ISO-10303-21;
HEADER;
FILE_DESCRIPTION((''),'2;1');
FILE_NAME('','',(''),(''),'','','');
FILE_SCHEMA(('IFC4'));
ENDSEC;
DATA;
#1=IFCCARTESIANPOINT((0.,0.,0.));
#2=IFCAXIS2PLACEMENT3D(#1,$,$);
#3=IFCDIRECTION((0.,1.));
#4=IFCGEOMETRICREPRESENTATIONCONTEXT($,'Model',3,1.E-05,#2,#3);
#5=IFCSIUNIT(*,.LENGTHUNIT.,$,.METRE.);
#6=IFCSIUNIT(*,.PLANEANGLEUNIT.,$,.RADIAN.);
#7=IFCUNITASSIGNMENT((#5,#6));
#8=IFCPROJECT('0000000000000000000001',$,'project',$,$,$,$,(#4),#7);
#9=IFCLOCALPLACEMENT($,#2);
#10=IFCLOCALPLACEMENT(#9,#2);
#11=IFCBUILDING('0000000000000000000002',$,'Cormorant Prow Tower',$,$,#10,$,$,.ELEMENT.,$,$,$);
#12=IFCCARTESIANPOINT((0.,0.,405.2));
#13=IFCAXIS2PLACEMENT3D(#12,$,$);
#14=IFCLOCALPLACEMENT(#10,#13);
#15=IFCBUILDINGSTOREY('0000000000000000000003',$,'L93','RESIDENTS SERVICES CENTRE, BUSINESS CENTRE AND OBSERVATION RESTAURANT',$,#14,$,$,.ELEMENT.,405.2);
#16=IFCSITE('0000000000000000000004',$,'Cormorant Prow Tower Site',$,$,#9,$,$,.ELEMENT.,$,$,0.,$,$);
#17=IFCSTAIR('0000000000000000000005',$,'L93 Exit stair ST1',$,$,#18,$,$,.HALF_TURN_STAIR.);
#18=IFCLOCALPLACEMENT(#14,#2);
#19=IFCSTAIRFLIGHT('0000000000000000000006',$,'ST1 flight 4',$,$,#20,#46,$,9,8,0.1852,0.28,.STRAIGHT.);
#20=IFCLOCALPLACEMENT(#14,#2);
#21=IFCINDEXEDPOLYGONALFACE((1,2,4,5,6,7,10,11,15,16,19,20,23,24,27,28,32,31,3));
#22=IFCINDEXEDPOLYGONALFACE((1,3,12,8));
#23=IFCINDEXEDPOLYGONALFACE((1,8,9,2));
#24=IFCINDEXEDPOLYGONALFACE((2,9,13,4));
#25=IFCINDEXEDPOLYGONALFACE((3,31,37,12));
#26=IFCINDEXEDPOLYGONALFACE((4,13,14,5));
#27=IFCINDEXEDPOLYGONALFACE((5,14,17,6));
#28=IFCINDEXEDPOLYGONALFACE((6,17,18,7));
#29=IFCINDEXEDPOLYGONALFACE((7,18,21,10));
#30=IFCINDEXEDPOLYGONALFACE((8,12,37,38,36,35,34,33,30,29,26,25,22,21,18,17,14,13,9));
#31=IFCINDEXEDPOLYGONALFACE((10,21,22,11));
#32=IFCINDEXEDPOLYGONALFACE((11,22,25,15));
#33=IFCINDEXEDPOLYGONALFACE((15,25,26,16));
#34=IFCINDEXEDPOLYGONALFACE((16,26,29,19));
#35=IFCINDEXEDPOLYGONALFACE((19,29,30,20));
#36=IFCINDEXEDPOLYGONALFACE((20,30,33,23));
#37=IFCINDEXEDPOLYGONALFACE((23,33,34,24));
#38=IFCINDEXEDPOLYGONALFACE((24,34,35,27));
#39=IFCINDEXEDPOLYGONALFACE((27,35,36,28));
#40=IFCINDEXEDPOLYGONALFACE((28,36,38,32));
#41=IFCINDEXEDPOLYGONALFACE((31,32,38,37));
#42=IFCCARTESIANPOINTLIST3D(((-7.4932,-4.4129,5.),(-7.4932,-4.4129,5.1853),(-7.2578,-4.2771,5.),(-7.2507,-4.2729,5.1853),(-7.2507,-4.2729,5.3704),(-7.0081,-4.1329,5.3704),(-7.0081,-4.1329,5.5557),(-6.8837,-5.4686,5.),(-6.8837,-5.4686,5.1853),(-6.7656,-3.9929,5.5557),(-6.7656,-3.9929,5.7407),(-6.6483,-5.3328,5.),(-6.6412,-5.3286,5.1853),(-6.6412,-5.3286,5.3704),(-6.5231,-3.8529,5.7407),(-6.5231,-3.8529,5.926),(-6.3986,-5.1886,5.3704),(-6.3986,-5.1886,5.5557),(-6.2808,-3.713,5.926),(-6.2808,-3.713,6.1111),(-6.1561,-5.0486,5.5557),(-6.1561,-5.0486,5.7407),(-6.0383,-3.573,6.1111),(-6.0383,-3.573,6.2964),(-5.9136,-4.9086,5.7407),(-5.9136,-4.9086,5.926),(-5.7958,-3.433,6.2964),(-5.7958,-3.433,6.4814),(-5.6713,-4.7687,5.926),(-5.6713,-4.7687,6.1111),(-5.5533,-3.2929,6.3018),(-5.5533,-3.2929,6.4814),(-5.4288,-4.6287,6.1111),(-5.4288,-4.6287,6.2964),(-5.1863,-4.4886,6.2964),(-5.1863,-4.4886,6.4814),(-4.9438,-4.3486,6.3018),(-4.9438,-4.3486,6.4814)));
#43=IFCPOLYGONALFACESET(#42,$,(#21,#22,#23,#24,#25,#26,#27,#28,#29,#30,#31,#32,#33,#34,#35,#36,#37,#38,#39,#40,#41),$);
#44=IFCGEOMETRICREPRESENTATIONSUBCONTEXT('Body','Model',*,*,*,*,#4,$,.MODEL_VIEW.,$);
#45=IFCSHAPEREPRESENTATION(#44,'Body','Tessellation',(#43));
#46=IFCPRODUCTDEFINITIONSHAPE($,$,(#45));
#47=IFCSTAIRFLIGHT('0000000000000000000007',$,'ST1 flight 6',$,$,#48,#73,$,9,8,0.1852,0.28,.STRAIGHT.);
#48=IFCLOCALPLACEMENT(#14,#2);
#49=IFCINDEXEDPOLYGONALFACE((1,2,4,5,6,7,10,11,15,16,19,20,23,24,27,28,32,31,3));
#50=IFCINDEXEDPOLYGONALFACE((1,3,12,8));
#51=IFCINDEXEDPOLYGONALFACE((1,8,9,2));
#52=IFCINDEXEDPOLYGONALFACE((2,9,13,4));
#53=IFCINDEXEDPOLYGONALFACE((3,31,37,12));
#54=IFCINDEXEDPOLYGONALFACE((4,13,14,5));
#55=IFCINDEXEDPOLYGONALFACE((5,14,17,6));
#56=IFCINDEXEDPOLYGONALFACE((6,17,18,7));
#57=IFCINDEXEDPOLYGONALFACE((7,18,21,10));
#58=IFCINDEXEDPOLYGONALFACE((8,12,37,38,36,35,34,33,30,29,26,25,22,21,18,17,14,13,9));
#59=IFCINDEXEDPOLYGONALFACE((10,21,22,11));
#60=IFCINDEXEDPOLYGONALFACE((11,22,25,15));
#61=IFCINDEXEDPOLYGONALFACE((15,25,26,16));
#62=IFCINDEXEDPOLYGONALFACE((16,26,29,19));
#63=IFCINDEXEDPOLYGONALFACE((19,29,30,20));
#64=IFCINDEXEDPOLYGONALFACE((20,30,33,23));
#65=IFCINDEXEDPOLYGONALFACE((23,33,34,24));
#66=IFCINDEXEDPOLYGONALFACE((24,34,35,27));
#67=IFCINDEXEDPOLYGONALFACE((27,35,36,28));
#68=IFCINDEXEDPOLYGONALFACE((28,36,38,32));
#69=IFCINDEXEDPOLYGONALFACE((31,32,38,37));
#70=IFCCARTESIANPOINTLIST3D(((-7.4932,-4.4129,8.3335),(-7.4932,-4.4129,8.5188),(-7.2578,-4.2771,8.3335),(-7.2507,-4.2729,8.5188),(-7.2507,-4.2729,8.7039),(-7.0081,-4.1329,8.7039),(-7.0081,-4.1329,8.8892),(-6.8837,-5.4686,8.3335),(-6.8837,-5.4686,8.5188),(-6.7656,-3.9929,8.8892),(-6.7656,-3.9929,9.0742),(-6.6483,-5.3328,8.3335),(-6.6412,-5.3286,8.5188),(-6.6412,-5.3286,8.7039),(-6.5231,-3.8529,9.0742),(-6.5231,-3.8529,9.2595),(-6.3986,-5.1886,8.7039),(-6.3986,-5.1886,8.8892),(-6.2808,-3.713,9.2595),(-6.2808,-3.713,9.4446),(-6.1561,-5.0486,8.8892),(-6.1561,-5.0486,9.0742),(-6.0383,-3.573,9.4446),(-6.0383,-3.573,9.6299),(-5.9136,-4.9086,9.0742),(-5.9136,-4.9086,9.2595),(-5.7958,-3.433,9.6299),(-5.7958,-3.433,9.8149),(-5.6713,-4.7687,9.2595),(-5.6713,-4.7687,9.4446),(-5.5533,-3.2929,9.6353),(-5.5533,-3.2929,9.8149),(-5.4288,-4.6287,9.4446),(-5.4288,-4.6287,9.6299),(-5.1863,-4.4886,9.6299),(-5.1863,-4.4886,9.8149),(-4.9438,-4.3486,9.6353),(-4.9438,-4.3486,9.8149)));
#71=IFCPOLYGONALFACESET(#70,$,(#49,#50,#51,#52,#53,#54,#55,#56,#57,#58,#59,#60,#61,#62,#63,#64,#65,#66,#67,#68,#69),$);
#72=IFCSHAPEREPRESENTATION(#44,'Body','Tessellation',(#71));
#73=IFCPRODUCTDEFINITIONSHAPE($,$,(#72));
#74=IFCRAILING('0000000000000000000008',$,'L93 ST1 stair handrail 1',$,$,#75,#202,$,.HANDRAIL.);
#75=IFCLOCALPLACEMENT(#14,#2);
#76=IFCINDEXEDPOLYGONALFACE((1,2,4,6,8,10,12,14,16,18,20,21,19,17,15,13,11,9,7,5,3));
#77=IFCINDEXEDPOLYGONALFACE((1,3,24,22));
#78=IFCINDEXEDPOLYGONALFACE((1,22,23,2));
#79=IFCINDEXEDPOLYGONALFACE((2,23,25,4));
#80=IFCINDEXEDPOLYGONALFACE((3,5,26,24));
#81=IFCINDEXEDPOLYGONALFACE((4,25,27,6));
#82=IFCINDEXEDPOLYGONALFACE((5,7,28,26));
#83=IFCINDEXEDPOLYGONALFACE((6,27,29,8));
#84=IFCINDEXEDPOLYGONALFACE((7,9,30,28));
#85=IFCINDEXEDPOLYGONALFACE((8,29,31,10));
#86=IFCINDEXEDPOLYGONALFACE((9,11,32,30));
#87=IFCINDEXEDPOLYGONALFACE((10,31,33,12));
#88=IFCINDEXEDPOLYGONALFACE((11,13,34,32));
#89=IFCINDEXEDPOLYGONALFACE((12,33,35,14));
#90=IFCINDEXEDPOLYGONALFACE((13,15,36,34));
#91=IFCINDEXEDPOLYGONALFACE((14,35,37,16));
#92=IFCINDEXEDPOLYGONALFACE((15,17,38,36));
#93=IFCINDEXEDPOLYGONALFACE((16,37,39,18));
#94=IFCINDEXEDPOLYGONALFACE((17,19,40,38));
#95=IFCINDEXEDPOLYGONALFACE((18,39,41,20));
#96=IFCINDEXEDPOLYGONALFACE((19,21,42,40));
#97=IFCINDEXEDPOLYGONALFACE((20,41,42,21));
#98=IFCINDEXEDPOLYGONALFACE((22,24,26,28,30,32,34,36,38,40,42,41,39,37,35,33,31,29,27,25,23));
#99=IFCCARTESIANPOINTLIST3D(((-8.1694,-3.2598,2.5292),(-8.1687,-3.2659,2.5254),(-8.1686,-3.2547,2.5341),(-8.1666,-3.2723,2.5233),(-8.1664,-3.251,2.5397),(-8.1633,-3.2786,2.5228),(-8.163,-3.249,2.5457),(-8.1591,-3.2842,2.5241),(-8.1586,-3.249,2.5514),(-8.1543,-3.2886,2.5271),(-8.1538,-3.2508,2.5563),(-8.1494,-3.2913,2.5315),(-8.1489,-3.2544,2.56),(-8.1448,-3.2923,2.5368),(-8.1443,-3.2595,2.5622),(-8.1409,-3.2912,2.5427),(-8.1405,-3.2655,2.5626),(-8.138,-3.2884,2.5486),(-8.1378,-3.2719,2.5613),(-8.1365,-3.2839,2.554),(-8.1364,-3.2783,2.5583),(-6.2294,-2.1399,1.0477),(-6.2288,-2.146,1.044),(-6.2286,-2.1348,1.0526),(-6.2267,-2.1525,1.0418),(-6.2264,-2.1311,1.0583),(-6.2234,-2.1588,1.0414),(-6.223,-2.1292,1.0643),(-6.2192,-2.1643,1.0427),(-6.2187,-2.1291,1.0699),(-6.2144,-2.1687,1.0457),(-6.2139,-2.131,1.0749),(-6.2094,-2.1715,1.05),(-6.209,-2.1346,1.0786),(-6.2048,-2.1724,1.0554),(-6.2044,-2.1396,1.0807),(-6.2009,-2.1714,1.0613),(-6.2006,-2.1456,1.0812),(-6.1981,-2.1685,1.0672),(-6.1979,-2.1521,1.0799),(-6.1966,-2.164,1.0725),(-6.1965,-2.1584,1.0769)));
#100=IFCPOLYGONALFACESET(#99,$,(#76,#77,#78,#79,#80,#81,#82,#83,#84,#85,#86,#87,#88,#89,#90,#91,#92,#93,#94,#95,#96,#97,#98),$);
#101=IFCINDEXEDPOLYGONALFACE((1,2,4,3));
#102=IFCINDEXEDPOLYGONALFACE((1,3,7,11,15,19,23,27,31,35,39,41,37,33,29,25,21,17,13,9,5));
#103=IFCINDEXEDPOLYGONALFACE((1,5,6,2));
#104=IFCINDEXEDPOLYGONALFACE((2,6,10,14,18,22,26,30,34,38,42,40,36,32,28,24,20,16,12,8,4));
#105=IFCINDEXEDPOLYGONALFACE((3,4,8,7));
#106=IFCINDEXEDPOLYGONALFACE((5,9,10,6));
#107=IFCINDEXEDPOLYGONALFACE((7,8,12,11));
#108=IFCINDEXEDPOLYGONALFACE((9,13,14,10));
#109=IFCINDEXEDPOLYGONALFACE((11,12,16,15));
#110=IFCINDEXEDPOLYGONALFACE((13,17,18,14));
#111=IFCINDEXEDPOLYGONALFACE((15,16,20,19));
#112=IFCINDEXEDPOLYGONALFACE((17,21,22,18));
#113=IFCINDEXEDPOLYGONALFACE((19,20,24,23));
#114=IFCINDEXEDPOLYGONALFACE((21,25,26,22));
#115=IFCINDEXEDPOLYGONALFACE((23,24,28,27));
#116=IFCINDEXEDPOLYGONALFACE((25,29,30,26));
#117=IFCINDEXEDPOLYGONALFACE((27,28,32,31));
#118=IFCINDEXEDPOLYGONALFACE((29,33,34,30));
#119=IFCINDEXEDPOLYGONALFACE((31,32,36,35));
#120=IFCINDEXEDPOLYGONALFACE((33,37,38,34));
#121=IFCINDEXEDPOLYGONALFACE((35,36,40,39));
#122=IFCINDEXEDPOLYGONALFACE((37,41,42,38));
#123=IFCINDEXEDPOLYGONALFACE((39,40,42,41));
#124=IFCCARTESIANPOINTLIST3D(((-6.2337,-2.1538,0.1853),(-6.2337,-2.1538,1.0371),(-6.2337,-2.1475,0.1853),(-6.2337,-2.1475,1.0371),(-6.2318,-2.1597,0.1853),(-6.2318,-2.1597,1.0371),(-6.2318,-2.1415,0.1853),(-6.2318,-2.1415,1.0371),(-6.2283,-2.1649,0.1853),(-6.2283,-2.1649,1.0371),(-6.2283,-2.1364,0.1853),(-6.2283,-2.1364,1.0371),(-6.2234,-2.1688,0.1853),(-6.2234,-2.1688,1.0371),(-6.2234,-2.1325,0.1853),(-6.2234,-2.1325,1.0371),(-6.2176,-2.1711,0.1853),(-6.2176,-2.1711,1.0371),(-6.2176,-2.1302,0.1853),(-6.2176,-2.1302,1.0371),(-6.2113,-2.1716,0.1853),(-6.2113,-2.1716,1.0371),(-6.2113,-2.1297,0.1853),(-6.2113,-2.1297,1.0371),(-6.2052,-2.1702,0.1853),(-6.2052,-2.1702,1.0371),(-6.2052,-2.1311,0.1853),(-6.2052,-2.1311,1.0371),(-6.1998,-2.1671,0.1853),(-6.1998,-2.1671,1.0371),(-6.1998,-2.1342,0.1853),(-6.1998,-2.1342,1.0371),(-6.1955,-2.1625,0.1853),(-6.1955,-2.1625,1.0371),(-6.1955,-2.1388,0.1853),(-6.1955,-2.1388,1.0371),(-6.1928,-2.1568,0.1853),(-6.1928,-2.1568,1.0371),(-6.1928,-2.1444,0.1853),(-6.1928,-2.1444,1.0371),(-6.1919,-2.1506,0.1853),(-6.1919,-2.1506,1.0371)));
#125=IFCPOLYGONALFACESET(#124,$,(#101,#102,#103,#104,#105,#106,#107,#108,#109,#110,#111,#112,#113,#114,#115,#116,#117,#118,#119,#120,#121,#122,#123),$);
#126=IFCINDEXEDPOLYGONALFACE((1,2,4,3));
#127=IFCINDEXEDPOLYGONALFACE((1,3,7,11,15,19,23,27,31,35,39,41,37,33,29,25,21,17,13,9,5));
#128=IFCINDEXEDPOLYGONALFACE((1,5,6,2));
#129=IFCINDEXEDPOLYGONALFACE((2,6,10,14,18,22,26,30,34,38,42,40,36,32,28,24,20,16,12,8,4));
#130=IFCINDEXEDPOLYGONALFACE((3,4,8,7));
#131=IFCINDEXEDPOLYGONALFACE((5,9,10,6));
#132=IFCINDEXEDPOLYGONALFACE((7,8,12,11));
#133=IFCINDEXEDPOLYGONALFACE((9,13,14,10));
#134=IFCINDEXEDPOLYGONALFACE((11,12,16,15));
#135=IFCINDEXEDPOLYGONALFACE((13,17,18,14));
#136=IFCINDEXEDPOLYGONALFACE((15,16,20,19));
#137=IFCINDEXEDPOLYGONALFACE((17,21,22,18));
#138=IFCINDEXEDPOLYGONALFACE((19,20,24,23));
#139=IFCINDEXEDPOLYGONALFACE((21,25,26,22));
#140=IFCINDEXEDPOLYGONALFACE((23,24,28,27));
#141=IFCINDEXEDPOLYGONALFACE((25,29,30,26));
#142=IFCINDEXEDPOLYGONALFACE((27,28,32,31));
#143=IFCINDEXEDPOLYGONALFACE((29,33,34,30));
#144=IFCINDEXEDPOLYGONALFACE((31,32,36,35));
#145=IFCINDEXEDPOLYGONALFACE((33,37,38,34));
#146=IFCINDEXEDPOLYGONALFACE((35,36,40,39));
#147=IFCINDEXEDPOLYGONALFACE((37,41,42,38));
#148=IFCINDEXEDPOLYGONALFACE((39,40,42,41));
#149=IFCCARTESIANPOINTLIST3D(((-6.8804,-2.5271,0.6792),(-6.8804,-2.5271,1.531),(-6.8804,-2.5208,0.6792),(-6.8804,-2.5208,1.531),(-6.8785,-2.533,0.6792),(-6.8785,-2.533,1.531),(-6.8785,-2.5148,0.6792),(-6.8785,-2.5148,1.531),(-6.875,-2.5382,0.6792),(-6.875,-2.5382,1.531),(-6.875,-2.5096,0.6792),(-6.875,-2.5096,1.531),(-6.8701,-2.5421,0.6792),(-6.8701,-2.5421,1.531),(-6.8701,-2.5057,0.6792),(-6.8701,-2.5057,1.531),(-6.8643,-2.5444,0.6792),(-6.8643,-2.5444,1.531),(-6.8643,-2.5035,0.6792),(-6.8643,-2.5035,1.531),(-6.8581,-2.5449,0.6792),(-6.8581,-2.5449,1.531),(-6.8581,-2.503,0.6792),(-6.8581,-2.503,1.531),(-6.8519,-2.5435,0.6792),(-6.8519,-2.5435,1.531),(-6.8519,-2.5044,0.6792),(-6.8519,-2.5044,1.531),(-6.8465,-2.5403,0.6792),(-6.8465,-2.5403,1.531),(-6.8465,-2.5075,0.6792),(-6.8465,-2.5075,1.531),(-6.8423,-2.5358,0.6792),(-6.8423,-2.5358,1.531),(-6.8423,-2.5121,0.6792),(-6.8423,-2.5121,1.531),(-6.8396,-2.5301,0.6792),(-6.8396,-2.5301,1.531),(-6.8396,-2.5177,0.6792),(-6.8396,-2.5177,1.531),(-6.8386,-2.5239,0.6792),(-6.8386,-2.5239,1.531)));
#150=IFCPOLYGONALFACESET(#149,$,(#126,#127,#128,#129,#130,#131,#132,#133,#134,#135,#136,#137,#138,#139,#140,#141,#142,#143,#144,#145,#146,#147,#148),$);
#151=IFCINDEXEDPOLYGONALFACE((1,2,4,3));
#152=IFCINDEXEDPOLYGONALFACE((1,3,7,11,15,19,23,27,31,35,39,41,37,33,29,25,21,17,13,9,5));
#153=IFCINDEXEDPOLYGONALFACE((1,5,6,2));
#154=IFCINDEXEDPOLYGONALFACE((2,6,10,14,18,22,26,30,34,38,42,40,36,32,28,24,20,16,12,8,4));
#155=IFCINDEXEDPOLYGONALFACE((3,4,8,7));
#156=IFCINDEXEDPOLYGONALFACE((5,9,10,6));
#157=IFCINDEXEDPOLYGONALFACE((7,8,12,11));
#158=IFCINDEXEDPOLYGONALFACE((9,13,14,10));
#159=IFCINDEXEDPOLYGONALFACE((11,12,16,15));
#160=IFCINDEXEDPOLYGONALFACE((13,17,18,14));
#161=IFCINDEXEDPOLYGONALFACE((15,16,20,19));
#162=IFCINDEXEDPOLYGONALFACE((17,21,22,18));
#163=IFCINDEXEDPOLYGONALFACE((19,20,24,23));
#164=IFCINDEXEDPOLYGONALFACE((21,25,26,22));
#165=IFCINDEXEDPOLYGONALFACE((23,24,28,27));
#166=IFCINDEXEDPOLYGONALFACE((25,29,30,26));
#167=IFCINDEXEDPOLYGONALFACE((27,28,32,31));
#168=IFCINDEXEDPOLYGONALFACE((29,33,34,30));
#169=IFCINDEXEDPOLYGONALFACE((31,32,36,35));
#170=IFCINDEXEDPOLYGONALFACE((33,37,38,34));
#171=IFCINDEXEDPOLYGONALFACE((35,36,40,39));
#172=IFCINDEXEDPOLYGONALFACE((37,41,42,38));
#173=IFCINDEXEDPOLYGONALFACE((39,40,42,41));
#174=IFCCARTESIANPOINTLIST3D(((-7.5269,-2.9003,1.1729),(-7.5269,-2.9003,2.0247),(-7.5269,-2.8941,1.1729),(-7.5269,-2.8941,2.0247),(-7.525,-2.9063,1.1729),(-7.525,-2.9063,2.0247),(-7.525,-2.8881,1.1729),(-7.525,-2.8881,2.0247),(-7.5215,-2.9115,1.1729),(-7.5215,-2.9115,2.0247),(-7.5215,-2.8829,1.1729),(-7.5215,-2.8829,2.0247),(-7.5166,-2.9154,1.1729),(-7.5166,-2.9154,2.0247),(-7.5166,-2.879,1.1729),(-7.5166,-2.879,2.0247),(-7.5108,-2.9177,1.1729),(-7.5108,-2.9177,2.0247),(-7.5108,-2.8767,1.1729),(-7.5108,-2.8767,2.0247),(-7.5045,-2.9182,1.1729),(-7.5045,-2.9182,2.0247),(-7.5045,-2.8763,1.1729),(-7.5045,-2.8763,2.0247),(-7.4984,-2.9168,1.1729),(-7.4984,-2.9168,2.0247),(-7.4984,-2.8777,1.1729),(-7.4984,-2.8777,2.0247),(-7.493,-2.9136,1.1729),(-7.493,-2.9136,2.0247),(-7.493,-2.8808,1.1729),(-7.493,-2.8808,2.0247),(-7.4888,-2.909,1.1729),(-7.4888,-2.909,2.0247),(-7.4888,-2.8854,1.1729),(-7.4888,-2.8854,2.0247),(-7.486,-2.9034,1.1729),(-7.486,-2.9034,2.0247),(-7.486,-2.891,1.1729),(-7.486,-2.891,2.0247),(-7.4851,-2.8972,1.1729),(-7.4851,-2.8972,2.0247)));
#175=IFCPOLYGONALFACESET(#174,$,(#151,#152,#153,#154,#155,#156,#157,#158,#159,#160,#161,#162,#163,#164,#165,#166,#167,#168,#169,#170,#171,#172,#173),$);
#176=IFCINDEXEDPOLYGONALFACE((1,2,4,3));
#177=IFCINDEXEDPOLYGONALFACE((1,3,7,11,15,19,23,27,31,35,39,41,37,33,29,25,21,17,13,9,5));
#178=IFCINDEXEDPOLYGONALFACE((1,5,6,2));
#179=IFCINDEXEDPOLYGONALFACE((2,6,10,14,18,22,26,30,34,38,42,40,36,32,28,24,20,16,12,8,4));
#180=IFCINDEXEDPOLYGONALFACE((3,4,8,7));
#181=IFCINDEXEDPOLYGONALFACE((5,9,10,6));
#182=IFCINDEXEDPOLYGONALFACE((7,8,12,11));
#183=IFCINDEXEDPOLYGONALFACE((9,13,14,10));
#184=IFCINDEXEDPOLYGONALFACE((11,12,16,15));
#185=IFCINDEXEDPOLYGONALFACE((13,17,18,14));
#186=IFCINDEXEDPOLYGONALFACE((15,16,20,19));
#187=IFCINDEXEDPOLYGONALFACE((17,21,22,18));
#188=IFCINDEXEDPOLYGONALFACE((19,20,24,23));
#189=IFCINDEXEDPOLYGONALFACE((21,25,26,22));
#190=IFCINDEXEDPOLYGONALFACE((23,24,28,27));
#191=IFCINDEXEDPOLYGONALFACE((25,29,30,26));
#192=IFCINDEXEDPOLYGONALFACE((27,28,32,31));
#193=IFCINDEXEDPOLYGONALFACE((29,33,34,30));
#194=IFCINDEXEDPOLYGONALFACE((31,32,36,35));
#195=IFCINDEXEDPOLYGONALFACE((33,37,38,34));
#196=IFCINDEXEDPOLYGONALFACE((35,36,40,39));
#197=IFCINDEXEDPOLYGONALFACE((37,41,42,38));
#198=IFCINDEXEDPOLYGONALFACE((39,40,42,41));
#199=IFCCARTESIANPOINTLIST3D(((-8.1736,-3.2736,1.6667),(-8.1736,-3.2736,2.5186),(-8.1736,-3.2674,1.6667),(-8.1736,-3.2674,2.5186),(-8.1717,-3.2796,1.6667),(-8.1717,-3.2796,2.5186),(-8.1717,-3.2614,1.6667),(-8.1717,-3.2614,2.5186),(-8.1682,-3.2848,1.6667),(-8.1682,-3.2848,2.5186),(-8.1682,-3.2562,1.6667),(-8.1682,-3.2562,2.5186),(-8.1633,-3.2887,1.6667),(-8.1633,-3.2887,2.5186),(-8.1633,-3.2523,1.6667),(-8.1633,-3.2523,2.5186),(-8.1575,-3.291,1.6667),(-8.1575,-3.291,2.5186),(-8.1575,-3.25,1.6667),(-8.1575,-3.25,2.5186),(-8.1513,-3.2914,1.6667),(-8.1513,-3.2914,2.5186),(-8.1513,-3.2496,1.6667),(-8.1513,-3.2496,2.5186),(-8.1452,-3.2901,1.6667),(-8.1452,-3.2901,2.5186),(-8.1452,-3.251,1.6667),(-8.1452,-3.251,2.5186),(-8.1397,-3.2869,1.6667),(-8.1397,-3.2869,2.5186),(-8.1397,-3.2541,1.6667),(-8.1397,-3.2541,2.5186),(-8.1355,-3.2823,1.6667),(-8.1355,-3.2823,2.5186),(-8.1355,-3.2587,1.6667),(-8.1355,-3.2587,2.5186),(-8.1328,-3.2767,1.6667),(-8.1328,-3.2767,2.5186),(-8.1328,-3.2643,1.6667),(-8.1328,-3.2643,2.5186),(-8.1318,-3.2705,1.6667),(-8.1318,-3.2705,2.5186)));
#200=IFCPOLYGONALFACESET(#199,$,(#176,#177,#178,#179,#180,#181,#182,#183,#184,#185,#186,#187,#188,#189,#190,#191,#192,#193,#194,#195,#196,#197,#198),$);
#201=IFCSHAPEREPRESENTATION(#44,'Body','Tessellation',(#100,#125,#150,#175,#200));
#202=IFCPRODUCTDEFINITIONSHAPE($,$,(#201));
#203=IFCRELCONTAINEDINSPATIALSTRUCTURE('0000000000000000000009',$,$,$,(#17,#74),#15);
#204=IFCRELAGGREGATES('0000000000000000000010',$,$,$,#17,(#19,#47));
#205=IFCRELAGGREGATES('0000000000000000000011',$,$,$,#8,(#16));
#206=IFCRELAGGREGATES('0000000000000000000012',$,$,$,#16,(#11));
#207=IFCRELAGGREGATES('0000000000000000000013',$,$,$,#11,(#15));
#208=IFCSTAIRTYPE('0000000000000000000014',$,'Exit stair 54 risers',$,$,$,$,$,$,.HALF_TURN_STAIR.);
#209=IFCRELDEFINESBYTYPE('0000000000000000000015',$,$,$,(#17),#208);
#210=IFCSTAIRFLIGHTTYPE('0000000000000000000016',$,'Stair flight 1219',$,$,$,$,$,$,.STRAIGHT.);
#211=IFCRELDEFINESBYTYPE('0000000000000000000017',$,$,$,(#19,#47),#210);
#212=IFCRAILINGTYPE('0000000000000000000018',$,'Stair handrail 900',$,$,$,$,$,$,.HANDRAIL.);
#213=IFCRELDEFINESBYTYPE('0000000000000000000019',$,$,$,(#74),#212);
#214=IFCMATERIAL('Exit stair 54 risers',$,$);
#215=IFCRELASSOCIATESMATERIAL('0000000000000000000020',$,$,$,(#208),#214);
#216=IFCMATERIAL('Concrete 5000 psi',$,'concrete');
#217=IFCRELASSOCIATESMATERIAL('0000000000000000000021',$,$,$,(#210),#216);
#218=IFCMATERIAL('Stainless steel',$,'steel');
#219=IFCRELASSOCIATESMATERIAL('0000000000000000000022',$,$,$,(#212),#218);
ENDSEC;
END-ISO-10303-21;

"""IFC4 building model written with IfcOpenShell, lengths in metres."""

from ifc_helpers import new_model, si_unit, direction, frame, origin, origin_2d, place, context, subcontext, project, spatial, polyline, circle, outline, extrude, material, type_object, element, aggregate, save


model = new_model("IFC4")

# Units and contexts
model_context = context("Model", 3, precision=1e-05, world=origin(), true_north=direction((0.0, 1.0)))
body_context = subcontext(model_context, "Body", "Model", "MODEL_VIEW")
ifc_project = project(units=[si_unit("LENGTHUNIT", "METRE"), si_unit("PLANEANGLEUNIT", "RADIAN")], contexts=[model_context])

# Site, building, storey
site_placement = place(None, origin())
site = spatial("IfcSite", under=ifc_project, at=site_placement, Name="Cormorant Prow Tower Site", CompositionType="ELEMENT", RefElevation=0.0)
building_placement = place(site_placement, origin())
building = spatial("IfcBuilding", under=site, at=building_placement, Name="Cormorant Prow Tower", CompositionType="ELEMENT")
storey_placement = place(building_placement, frame((0.0, 0.0, 405.2)))
storey = spatial("IfcBuildingStorey", under=building, at=storey_placement, Name="L93", Description="RESIDENTS SERVICES CENTRE, BUSINESS CENTRE AND OBSERVATION RESTAURANT", CompositionType="ELEMENT", Elevation=405.2)

# Stair, stair flights
ifc_material_1 = material(Name="Exit stair 54 risers")
stair_type = type_object("IfcStairType", Name="Exit stair 54 risers", PredefinedType="HALF_TURN_STAIR", material=ifc_material_1)
stair_placement = place(storey_placement, origin())
stair = element("IfcStair", 1, at=stair_placement, inside=storey, type_object=stair_type, Name="L93 Exit stair ST1", PredefinedType="HALF_TURN_STAIR")
ifc_material_2 = material(Name="Concrete 5000 psi", Category="concrete")
stair_flight_type = type_object("IfcStairFlightType", Name="Stair flight 1219", PredefinedType="STRAIGHT", material=ifc_material_2)
stair_flight_1_placement = place(storey_placement, frame((-7.1885, -4.9407, 5.0), z_axis=(0.0, 0.0, 1.0), x_axis=(0.866025, 0.5, 0.0)))
stair_flight_1 = element("IfcStairFlight", 2, at=stair_flight_1_placement, type_object=stair_flight_type, Name="ST1 flight 4", NumberOfRisers=9, NumberOfTreads=8, PredefinedType="STRAIGHT", RiserHeight=0.1852, TreadLength=0.28, context=body_context, shape_type="SweptSolid", body=[
    extrude(outline(polyline([(0.0, 0.0), (0.0, 0.1853), (0.28, 0.1853), (0.28, 0.3704), (0.5601, 0.3704), (0.5601, 0.5557), (0.8401, 0.5557), (0.8401, 0.7407), (1.1201, 0.7407), (1.1201, 0.926), (1.3999, 0.926), (1.3999, 1.1111), (1.6799, 1.1111), (1.6799, 1.2964), (1.96, 1.2964), (1.96, 1.4814), (2.24, 1.4814), (2.24, 1.6667), (2.24, 1.3018), (0.2717, 0.0), (0.0, 0.0)])), frame((0.0, 0.6094, 0.0), z_axis=(0.0, -1.0, 0.0), x_axis=(1.0, 0.0, 0.0)), (0.0, 0.0, 1.0), 1.219),
])
stair_flight_2_placement = place(storey_placement, frame((-7.1885, -4.9407, 8.3335), z_axis=(0.0, 0.0, 1.0), x_axis=(0.866025, 0.5, 0.0)))
stair_flight_2 = element("IfcStairFlight", 3, at=stair_flight_2_placement, type_object=stair_flight_type, Name="ST1 flight 6", NumberOfRisers=9, NumberOfTreads=8, PredefinedType="STRAIGHT", RiserHeight=0.1852, TreadLength=0.28, context=body_context, shape_type="SweptSolid", body=[
    extrude(outline(polyline([(0.0, 0.0), (0.0, 0.1853), (0.28, 0.1853), (0.28, 0.3704), (0.5601, 0.3704), (0.5601, 0.5557), (0.8401, 0.5557), (0.8401, 0.7407), (1.1201, 0.7407), (1.1201, 0.926), (1.3999, 0.926), (1.3999, 1.1111), (1.6799, 1.1111), (1.6799, 1.2964), (1.96, 1.2964), (1.96, 1.4814), (2.24, 1.4814), (2.24, 1.6667), (2.24, 1.3018), (0.2717, 0.0), (0.0, 0.0)])), frame((0.0, 0.6094, 0.0), z_axis=(0.0, -1.0, 0.0), x_axis=(1.0, 0.0, 0.0)), (0.0, 0.0, 1.0), 1.219),
])
aggregate(stair, [stair_flight_1, stair_flight_2])

# Railing
ifc_material_3 = material(Name="Stainless steel", Category="steel")
railing_type = type_object("IfcRailingType", Name="Stair handrail 900", PredefinedType="HANDRAIL", material=ifc_material_3)
railing_1_placement = place(storey_placement, frame((-6.2129, -2.1506, 0.1853)))
element("IfcRailing", 4, at=railing_1_placement, inside=storey, type_object=railing_type, Name="L93 ST1 stair handrail 1", PredefinedType="HANDRAIL", context=body_context, shape_type="SweptSolid", body=[
    extrude(circle(Radius=0.0239, at=origin_2d()), frame((0.0, 0.0, 0.876), z_axis=(-0.722363, -0.417, 0.551636), x_axis=(0.499949, -0.866055, 0.0)), (0.0, 0.0, 1.0), 2.6855),
    extrude(circle(Radius=0.021, at=origin_2d()), origin(), (0.0, 0.0, 1.0), 0.8518),
    extrude(circle(Radius=0.021, at=origin_2d()), frame((-0.6467, -0.3733, 0.4939)), (0.0, 0.0, 1.0), 0.8518),
    extrude(circle(Radius=0.021, at=origin_2d()), frame((-1.2932, -0.7466, 0.9875)), (0.0, 0.0, 1.0), 0.8518),
    extrude(circle(Radius=0.021, at=origin_2d()), frame((-1.9399, -1.1199, 1.4814)), (0.0, 0.0, 1.0), 0.8518),
])

save(model, "model.ifc")
